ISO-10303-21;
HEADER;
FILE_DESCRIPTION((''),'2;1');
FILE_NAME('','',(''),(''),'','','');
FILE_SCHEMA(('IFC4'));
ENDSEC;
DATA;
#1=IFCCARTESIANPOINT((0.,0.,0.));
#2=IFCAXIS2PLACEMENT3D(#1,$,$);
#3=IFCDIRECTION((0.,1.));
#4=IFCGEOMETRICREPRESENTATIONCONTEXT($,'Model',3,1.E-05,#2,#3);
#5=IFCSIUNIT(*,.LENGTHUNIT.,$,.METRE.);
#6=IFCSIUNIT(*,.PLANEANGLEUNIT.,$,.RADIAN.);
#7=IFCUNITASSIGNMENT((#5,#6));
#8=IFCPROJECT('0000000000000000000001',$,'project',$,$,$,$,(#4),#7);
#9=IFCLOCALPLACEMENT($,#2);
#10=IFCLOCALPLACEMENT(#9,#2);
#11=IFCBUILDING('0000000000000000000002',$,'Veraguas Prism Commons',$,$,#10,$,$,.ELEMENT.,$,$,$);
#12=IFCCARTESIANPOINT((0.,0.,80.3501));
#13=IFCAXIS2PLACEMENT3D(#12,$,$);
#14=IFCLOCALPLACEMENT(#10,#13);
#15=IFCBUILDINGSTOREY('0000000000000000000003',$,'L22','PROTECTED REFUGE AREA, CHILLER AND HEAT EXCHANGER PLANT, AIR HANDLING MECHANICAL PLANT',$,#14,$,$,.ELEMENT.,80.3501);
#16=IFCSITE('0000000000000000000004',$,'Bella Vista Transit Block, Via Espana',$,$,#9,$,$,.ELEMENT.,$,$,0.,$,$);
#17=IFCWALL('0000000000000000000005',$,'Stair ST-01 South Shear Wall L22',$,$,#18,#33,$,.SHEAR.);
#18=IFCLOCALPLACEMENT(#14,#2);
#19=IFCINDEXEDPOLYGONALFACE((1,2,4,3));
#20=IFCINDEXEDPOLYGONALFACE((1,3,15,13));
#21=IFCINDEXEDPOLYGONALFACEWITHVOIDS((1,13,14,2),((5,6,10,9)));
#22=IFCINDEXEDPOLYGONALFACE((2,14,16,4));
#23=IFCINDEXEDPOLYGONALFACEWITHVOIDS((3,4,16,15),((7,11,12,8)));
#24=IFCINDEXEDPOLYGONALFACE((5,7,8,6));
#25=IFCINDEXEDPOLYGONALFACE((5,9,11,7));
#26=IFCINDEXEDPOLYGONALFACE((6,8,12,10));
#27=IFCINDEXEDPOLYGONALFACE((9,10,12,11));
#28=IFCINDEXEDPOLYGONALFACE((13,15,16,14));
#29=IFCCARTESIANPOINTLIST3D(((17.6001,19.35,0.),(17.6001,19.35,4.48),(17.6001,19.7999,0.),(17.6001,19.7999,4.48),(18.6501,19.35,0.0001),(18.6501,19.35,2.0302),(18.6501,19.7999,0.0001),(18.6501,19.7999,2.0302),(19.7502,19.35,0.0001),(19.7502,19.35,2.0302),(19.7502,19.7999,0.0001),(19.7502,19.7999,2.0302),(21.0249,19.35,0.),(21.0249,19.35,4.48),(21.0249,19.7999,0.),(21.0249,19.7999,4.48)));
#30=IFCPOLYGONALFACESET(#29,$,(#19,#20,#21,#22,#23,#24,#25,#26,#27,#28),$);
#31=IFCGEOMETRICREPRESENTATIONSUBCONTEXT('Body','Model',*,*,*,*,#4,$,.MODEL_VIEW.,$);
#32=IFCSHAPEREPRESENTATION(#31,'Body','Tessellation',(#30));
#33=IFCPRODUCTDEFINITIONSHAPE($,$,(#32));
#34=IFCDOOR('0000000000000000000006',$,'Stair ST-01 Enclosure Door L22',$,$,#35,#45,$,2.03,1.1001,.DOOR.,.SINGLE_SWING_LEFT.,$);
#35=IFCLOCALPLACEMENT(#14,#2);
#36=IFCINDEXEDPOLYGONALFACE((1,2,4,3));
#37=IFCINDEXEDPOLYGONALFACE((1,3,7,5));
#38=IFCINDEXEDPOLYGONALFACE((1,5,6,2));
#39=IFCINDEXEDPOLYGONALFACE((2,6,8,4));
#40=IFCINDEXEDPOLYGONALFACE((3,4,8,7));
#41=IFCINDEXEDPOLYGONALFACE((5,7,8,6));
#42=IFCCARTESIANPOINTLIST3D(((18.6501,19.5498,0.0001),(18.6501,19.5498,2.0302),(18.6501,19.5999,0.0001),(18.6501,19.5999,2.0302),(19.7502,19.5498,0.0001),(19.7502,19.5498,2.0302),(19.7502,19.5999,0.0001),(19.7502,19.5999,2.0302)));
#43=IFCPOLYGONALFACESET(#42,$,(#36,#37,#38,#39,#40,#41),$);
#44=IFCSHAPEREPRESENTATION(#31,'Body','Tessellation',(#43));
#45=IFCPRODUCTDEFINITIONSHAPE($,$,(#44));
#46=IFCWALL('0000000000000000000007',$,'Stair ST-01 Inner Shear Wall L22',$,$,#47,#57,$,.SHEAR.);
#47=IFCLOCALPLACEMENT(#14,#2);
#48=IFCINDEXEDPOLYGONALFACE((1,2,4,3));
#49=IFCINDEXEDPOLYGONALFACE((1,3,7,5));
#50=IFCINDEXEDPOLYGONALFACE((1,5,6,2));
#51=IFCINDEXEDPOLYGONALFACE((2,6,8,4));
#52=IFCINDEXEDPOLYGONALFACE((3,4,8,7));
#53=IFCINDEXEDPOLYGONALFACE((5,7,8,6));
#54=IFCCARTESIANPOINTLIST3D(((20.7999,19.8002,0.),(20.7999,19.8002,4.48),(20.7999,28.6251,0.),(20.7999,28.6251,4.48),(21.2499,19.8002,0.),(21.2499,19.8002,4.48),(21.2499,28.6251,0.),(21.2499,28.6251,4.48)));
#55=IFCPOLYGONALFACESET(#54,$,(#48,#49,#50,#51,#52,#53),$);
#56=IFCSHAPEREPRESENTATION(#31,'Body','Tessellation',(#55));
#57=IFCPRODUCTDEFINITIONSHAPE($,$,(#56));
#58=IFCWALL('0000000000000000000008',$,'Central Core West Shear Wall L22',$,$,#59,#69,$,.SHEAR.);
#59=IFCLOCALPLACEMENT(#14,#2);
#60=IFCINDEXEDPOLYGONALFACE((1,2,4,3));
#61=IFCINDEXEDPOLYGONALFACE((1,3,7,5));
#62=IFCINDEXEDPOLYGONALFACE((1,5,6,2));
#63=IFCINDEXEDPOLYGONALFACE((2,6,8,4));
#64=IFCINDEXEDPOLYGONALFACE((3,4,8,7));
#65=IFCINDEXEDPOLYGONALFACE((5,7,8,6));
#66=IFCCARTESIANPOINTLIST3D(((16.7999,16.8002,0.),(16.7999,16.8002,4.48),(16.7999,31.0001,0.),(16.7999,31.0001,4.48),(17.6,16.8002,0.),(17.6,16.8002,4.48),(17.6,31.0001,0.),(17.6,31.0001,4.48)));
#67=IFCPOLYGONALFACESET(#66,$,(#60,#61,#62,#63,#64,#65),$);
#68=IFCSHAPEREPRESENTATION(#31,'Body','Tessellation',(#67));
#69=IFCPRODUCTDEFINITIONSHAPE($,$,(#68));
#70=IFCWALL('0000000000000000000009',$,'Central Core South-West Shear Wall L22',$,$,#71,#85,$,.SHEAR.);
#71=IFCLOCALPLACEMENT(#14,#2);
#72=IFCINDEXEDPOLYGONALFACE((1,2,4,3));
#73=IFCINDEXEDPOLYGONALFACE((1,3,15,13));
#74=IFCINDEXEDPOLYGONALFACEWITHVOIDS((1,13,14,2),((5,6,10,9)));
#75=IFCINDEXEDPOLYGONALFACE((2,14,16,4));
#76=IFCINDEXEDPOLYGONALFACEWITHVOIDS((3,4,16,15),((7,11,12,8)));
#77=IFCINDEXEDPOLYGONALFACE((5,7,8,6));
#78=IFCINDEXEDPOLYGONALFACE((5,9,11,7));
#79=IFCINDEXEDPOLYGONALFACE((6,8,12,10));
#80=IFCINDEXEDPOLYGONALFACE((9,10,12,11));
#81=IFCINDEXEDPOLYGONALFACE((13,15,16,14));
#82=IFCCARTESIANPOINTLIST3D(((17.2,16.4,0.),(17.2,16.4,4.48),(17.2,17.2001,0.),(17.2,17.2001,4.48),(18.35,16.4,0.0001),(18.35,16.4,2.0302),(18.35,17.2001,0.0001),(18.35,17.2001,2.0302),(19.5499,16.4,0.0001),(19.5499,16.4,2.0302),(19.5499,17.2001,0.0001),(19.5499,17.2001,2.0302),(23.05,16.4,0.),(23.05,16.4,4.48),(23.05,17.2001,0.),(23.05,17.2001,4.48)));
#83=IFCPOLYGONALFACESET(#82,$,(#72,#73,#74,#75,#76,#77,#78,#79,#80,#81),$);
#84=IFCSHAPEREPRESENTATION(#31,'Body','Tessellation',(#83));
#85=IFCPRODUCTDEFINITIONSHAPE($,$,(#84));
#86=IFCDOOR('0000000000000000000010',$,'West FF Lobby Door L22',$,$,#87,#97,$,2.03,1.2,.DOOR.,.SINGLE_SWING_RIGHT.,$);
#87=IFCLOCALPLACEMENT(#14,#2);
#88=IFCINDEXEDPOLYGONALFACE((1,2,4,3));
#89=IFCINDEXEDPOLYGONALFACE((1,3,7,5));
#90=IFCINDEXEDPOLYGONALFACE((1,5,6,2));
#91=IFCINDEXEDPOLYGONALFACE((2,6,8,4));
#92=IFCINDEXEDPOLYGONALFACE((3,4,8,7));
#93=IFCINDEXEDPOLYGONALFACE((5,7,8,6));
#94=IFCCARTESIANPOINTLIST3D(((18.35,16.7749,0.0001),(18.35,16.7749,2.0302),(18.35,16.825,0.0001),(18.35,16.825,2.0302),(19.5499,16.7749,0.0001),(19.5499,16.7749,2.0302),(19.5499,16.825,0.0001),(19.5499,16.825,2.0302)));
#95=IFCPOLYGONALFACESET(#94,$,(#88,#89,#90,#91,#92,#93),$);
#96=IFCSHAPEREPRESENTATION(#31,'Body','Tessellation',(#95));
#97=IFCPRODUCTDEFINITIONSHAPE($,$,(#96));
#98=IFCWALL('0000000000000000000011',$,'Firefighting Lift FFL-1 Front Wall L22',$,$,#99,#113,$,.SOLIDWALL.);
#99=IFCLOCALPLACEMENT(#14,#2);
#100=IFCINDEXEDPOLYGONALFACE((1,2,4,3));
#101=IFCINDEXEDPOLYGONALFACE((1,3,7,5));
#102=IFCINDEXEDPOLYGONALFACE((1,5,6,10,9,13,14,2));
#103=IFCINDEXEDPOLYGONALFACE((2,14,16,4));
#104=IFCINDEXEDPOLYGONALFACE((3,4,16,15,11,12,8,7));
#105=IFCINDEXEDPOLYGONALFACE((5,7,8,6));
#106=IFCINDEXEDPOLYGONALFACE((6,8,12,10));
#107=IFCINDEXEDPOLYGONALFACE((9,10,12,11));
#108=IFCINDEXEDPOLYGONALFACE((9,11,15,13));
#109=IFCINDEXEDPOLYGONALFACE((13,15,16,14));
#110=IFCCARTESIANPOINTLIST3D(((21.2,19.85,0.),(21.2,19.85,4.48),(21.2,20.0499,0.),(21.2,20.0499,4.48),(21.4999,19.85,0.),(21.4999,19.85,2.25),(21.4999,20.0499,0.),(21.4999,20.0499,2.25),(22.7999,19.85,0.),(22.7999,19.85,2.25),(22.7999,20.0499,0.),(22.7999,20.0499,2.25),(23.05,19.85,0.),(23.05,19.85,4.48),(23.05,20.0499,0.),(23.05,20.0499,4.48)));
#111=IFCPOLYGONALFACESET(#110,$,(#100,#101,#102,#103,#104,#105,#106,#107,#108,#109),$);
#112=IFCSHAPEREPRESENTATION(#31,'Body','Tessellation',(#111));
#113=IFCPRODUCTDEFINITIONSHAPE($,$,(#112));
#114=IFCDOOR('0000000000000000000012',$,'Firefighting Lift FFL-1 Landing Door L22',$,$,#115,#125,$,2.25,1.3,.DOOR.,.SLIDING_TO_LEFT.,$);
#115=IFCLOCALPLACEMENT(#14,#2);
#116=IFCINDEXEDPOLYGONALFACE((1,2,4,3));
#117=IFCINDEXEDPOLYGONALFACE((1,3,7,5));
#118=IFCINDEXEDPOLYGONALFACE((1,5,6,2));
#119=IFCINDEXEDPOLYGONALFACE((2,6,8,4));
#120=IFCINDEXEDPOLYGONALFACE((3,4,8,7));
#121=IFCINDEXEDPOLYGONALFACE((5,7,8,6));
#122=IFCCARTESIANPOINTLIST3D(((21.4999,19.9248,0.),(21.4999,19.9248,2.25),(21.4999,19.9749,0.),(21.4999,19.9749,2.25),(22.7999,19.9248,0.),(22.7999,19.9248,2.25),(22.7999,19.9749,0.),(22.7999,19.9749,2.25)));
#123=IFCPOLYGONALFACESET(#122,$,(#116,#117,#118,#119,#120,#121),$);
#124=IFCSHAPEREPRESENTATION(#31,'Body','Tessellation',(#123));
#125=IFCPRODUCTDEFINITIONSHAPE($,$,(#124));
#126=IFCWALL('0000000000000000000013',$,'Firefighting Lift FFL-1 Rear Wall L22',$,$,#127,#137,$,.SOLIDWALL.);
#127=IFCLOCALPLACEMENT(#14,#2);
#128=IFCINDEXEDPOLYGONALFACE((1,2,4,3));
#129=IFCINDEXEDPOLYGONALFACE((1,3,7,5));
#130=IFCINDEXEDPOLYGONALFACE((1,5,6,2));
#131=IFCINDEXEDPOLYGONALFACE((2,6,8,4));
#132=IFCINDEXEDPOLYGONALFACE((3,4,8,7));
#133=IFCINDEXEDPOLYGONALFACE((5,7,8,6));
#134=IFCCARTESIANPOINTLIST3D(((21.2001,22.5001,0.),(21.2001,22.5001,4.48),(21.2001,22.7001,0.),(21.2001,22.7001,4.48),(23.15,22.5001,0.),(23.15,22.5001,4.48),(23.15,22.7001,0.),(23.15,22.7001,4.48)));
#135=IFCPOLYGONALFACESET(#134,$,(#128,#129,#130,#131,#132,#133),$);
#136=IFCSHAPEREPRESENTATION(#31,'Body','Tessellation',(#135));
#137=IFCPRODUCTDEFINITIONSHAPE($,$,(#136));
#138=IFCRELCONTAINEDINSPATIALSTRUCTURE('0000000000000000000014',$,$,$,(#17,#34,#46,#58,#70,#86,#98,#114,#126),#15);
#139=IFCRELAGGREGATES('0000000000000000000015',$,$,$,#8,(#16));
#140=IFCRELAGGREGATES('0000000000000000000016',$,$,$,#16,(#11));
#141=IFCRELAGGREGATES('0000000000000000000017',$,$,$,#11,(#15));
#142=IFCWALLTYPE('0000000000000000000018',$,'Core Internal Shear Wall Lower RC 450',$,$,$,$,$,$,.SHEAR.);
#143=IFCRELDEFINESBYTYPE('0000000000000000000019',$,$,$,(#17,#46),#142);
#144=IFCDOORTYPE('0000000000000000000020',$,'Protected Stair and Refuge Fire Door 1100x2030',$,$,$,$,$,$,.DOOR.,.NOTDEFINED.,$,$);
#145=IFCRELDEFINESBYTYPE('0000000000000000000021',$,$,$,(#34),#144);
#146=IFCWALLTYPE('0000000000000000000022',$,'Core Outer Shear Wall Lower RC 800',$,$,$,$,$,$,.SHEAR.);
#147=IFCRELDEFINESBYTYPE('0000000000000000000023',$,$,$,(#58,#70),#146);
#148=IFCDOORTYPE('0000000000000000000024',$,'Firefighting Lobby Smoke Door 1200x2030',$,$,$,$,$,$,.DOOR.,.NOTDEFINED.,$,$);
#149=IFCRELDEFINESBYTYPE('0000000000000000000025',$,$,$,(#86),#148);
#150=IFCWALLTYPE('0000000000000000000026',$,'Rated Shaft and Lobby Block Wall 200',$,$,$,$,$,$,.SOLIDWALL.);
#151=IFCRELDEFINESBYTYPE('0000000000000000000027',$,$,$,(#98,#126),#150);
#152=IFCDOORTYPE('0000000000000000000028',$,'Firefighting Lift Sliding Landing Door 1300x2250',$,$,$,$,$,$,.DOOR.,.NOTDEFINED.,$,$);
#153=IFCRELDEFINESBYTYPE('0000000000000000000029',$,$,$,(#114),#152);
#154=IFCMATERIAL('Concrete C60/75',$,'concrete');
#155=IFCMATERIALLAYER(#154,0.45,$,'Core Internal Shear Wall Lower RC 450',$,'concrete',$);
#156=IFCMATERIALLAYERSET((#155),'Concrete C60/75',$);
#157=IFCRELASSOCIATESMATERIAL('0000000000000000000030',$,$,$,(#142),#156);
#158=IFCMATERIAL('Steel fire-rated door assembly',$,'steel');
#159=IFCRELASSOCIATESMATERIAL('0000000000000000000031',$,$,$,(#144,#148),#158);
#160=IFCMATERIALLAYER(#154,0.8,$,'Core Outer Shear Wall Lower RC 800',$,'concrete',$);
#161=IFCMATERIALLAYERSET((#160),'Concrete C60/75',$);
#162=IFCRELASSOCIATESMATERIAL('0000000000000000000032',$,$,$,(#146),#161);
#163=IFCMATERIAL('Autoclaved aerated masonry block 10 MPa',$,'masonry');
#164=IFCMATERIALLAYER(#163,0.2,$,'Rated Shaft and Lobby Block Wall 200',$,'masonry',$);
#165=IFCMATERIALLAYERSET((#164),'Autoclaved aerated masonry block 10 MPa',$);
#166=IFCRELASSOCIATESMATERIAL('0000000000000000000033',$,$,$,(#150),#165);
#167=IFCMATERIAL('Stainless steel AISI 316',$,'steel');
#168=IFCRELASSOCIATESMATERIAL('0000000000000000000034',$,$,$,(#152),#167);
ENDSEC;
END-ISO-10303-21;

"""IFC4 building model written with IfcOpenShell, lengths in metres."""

from ifc_helpers import new_model, si_unit, direction, frame, frame_2d, origin, place, context, subcontext, project, spatial, rectangle, extrude, source, transform, mapped, material, layer, layer_set, type_object, element, fill, save


model = new_model("IFC4")

# Units and contexts
model_context = context("Model", 3, precision=1e-05, world=origin(), true_north=direction((0.0, 1.0)))
body_context = subcontext(model_context, "Body", "Model", "MODEL_VIEW")
ifc_project = project(units=[si_unit("LENGTHUNIT", "METRE"), si_unit("PLANEANGLEUNIT", "RADIAN")], contexts=[model_context])

# Site, building, storey
site_placement = place(None, origin())
site = spatial("IfcSite", under=ifc_project, at=site_placement, Name="Bella Vista Transit Block, Via Espana", CompositionType="ELEMENT", RefElevation=0.0)
building_placement = place(site_placement, origin())
building = spatial("IfcBuilding", under=site, at=building_placement, Name="Veraguas Prism Commons", CompositionType="ELEMENT")
storey_placement = place(building_placement, frame((0.0, 0.0, 80.3501)))
storey = spatial("IfcBuildingStorey", under=building, at=storey_placement, Name="L22", Description="PROTECTED REFUGE AREA, CHILLER AND HEAT EXCHANGER PLANT, AIR HANDLING MECHANICAL PLANT", CompositionType="ELEMENT", Elevation=80.3501)

# Shared definitions
ifc_material_1 = material(Name="Concrete C60/75", Category="concrete")

# Wall, opening, door
ifc_layer_1 = layer(ifc_material_1, 0.45, Name="Core Internal Shear Wall Lower RC 450", Category="concrete")
ifc_layer_set_1 = layer_set([ifc_layer_1], Name="Concrete C60/75")
wall_type_1 = type_object("IfcWallType", Name="Core Internal Shear Wall Lower RC 450", PredefinedType="SHEAR", material=ifc_layer_set_1)
wall_1_placement = place(storey_placement, frame((17.6001, 19.575, 0.0), z_axis=(0.0, 0.0, 1.0), x_axis=(1.0, 0.0, 0.0)))
wall_1 = element("IfcWall", 1, at=wall_1_placement, inside=storey, type_object=wall_type_1, Name="Stair ST-01 South Shear Wall L22", PredefinedType="SHEAR", context=body_context, shape_type="SweptSolid", body=[
    extrude(rectangle(XDim=3.4248, YDim=0.45, at=frame_2d((1.7124, 0.0))), origin(), (0.0, 0.0, 1.0), 4.48),
])
opening_1_placement = place(wall_1_placement, frame((1.05, 0.0, 0.0)))
opening_1 = element("IfcOpeningElement", 2, at=opening_1_placement, cuts=wall_1, PredefinedType="OPENING", context=body_context, shape_type="SweptSolid", body=[
    extrude(rectangle(XDim=1.1001, YDim=2.03, at=frame_2d((0.55, 1.0151))), frame((0.0, 0.2349, 0.0), z_axis=(0.0, -1.0, 0.0), x_axis=(1.0, 0.0, 0.0)), (0.0, 0.0, 1.0), 0.47),
])
ifc_material_2 = material(Name="Steel fire-rated door assembly", Category="steel")
door_type_1 = type_object("IfcDoorType", Name="Protected Stair and Refuge Fire Door 1100x2030", OperationType="NOTDEFINED", PredefinedType="DOOR", material=ifc_material_2)
shared_shape_1 = source(origin(), body_context, "Body", "SweptSolid", [
    extrude(rectangle(XDim=1.1001, YDim=2.03, at=frame_2d((0.55, 1.0151))), frame((0.0, 0.0249, 0.0), z_axis=(0.0, -1.0, 0.0), x_axis=(1.0, 0.0, 0.0)), (0.0, 0.0, 1.0), 0.05),
])
door_1_placement = place(opening_1_placement, origin())
door_1 = element("IfcDoor", 3, at=door_1_placement, inside=storey, type_object=door_type_1, Name="Stair ST-01 Enclosure Door L22", OperationType="SINGLE_SWING_LEFT", OverallHeight=2.03, OverallWidth=1.1001, PredefinedType="DOOR", context=body_context, shape_type="MappedRepresentation", body=[
    mapped(shared_shape_1, transform((0.0, 0.0, 0.0), scale=1.0)),
])
fill(opening_1, door_1)

# Walls
wall_2_placement = place(storey_placement, frame((21.0249, 19.8, 0.0), z_axis=(0.0, 0.0, 1.0), x_axis=(0.0, 1.0, 0.0)))
element("IfcWall", 4, at=wall_2_placement, inside=storey, type_object=wall_type_1, Name="Stair ST-01 Inner Shear Wall L22", PredefinedType="SHEAR", context=body_context, shape_type="SweptSolid", body=[
    extrude(rectangle(XDim=8.825, YDim=0.45, at=frame_2d((4.4126, 0.0))), origin(), (0.0, 0.0, 1.0), 4.48),
])
ifc_layer_2 = layer(ifc_material_1, 0.8, Name="Core Outer Shear Wall Lower RC 800", Category="concrete")
ifc_layer_set_2 = layer_set([ifc_layer_2], Name="Concrete C60/75")
wall_type_2 = type_object("IfcWallType", Name="Core Outer Shear Wall Lower RC 800", PredefinedType="SHEAR", material=ifc_layer_set_2)
wall_3_placement = place(storey_placement, frame((17.2, 16.8, 0.0), z_axis=(0.0, 0.0, 1.0), x_axis=(0.0, 1.0, 0.0)))
element("IfcWall", 5, at=wall_3_placement, inside=storey, type_object=wall_type_2, Name="Central Core West Shear Wall L22", PredefinedType="SHEAR", context=body_context, shape_type="SweptSolid", body=[
    extrude(rectangle(XDim=14.2, YDim=0.8, at=frame_2d((7.1001, 0.0))), origin(), (0.0, 0.0, 1.0), 4.48),
])

# Walls, openings, doors
wall_4_placement = place(storey_placement, frame((17.2, 16.8, 0.0), z_axis=(0.0, 0.0, 1.0), x_axis=(1.0, 0.0, 0.0)))
wall_4 = element("IfcWall", 6, at=wall_4_placement, inside=storey, type_object=wall_type_2, Name="Central Core South-West Shear Wall L22", PredefinedType="SHEAR", context=body_context, shape_type="SweptSolid", body=[
    extrude(rectangle(XDim=5.8501, YDim=0.8, at=frame_2d((2.925, 0.0))), origin(), (0.0, 0.0, 1.0), 4.48),
])
opening_2_placement = place(wall_4_placement, frame((1.1499, 0.0, 0.0)))
opening_2 = element("IfcOpeningElement", 7, at=opening_2_placement, cuts=wall_4, PredefinedType="OPENING", context=body_context, shape_type="SweptSolid", body=[
    extrude(rectangle(XDim=1.2, YDim=2.03, at=frame_2d((0.6001, 1.0151))), frame((0.0, 0.4099, 0.0), z_axis=(0.0, -1.0, 0.0), x_axis=(1.0, 0.0, 0.0)), (0.0, 0.0, 1.0), 0.8201),
])
door_type_2 = type_object("IfcDoorType", Name="Firefighting Lobby Smoke Door 1200x2030", OperationType="NOTDEFINED", PredefinedType="DOOR", material=ifc_material_2)
shared_shape_2 = source(origin(), body_context, "Body", "SweptSolid", [
    extrude(rectangle(XDim=1.2, YDim=2.03, at=frame_2d((0.6001, 1.0151))), frame((0.0, 0.0249, 0.0), z_axis=(0.0, -1.0, 0.0), x_axis=(1.0, 0.0, 0.0)), (0.0, 0.0, 1.0), 0.05),
])
door_2_placement = place(opening_2_placement, origin())
door_2 = element("IfcDoor", 8, at=door_2_placement, inside=storey, type_object=door_type_2, Name="West FF Lobby Door L22", OperationType="SINGLE_SWING_RIGHT", OverallHeight=2.03, OverallWidth=1.2, PredefinedType="DOOR", context=body_context, shape_type="MappedRepresentation", body=[
    mapped(shared_shape_2, transform((0.0, 0.0, 0.0), scale=1.0)),
])
fill(opening_2, door_2)
ifc_material_3 = material(Name="Autoclaved aerated masonry block 10 MPa", Category="masonry")
ifc_layer_3 = layer(ifc_material_3, 0.2, Name="Rated Shaft and Lobby Block Wall 200", Category="masonry")
ifc_layer_set_3 = layer_set([ifc_layer_3], Name="Autoclaved aerated masonry block 10 MPa")
wall_type_3 = type_object("IfcWallType", Name="Rated Shaft and Lobby Block Wall 200", PredefinedType="SOLIDWALL", material=ifc_layer_set_3)
wall_5_placement = place(storey_placement, frame((21.2, 19.95, 0.0), z_axis=(0.0, 0.0, 1.0), x_axis=(1.0, 0.0, 0.0)))
wall_5 = element("IfcWall", 9, at=wall_5_placement, inside=storey, type_object=wall_type_3, Name="Firefighting Lift FFL-1 Front Wall L22", PredefinedType="SOLIDWALL", context=body_context, shape_type="SweptSolid", body=[
    extrude(rectangle(XDim=1.8501, YDim=0.2, at=frame_2d((0.925, 0.0))), origin(), (0.0, 0.0, 1.0), 4.48),
])
opening_3_placement = place(wall_5_placement, frame((0.3, 0.0, 0.0)))
opening_3 = element("IfcOpeningElement", 10, at=opening_3_placement, cuts=wall_5, PredefinedType="OPENING", context=body_context, shape_type="SweptSolid", body=[
    extrude(rectangle(XDim=1.3, YDim=2.25, at=frame_2d((0.6499, 1.125))), frame((0.0, 0.1099, 0.0), z_axis=(0.0, -1.0, 0.0), x_axis=(1.0, 0.0, 0.0)), (0.0, 0.0, 1.0), 0.22),
])
ifc_material_4 = material(Name="Stainless steel AISI 316", Category="steel")
door_type_3 = type_object("IfcDoorType", Name="Firefighting Lift Sliding Landing Door 1300x2250", OperationType="NOTDEFINED", PredefinedType="DOOR", material=ifc_material_4)
shared_shape_3 = source(origin(), body_context, "Body", "SweptSolid", [
    extrude(rectangle(XDim=1.3, YDim=2.25, at=frame_2d((0.6499, 1.125))), frame((0.0, 0.0249, 0.0), z_axis=(0.0, -1.0, 0.0), x_axis=(1.0, 0.0, 0.0)), (0.0, 0.0, 1.0), 0.05),
])
door_3_placement = place(opening_3_placement, origin())
door_3 = element("IfcDoor", 11, at=door_3_placement, inside=storey, type_object=door_type_3, Name="Firefighting Lift FFL-1 Landing Door L22", OperationType="SLIDING_TO_LEFT", OverallHeight=2.25, OverallWidth=1.3, PredefinedType="DOOR", context=body_context, shape_type="MappedRepresentation", body=[
    mapped(shared_shape_3, transform((0.0, 0.0, 0.0), scale=1.0)),
])
fill(opening_3, door_3)

# Wall
wall_6_placement = place(storey_placement, frame((21.2, 22.6001, 0.0), z_axis=(0.0, 0.0, 1.0), x_axis=(1.0, 0.0, 0.0)))
element("IfcWall", 12, at=wall_6_placement, inside=storey, type_object=wall_type_3, Name="Firefighting Lift FFL-1 Rear Wall L22", PredefinedType="SOLIDWALL", context=body_context, shape_type="SweptSolid", body=[
    extrude(rectangle(XDim=1.95, YDim=0.2, at=frame_2d((0.9751, 0.0))), origin(), (0.0, 0.0, 1.0), 4.48),
])

save(model, "model.ifc")
